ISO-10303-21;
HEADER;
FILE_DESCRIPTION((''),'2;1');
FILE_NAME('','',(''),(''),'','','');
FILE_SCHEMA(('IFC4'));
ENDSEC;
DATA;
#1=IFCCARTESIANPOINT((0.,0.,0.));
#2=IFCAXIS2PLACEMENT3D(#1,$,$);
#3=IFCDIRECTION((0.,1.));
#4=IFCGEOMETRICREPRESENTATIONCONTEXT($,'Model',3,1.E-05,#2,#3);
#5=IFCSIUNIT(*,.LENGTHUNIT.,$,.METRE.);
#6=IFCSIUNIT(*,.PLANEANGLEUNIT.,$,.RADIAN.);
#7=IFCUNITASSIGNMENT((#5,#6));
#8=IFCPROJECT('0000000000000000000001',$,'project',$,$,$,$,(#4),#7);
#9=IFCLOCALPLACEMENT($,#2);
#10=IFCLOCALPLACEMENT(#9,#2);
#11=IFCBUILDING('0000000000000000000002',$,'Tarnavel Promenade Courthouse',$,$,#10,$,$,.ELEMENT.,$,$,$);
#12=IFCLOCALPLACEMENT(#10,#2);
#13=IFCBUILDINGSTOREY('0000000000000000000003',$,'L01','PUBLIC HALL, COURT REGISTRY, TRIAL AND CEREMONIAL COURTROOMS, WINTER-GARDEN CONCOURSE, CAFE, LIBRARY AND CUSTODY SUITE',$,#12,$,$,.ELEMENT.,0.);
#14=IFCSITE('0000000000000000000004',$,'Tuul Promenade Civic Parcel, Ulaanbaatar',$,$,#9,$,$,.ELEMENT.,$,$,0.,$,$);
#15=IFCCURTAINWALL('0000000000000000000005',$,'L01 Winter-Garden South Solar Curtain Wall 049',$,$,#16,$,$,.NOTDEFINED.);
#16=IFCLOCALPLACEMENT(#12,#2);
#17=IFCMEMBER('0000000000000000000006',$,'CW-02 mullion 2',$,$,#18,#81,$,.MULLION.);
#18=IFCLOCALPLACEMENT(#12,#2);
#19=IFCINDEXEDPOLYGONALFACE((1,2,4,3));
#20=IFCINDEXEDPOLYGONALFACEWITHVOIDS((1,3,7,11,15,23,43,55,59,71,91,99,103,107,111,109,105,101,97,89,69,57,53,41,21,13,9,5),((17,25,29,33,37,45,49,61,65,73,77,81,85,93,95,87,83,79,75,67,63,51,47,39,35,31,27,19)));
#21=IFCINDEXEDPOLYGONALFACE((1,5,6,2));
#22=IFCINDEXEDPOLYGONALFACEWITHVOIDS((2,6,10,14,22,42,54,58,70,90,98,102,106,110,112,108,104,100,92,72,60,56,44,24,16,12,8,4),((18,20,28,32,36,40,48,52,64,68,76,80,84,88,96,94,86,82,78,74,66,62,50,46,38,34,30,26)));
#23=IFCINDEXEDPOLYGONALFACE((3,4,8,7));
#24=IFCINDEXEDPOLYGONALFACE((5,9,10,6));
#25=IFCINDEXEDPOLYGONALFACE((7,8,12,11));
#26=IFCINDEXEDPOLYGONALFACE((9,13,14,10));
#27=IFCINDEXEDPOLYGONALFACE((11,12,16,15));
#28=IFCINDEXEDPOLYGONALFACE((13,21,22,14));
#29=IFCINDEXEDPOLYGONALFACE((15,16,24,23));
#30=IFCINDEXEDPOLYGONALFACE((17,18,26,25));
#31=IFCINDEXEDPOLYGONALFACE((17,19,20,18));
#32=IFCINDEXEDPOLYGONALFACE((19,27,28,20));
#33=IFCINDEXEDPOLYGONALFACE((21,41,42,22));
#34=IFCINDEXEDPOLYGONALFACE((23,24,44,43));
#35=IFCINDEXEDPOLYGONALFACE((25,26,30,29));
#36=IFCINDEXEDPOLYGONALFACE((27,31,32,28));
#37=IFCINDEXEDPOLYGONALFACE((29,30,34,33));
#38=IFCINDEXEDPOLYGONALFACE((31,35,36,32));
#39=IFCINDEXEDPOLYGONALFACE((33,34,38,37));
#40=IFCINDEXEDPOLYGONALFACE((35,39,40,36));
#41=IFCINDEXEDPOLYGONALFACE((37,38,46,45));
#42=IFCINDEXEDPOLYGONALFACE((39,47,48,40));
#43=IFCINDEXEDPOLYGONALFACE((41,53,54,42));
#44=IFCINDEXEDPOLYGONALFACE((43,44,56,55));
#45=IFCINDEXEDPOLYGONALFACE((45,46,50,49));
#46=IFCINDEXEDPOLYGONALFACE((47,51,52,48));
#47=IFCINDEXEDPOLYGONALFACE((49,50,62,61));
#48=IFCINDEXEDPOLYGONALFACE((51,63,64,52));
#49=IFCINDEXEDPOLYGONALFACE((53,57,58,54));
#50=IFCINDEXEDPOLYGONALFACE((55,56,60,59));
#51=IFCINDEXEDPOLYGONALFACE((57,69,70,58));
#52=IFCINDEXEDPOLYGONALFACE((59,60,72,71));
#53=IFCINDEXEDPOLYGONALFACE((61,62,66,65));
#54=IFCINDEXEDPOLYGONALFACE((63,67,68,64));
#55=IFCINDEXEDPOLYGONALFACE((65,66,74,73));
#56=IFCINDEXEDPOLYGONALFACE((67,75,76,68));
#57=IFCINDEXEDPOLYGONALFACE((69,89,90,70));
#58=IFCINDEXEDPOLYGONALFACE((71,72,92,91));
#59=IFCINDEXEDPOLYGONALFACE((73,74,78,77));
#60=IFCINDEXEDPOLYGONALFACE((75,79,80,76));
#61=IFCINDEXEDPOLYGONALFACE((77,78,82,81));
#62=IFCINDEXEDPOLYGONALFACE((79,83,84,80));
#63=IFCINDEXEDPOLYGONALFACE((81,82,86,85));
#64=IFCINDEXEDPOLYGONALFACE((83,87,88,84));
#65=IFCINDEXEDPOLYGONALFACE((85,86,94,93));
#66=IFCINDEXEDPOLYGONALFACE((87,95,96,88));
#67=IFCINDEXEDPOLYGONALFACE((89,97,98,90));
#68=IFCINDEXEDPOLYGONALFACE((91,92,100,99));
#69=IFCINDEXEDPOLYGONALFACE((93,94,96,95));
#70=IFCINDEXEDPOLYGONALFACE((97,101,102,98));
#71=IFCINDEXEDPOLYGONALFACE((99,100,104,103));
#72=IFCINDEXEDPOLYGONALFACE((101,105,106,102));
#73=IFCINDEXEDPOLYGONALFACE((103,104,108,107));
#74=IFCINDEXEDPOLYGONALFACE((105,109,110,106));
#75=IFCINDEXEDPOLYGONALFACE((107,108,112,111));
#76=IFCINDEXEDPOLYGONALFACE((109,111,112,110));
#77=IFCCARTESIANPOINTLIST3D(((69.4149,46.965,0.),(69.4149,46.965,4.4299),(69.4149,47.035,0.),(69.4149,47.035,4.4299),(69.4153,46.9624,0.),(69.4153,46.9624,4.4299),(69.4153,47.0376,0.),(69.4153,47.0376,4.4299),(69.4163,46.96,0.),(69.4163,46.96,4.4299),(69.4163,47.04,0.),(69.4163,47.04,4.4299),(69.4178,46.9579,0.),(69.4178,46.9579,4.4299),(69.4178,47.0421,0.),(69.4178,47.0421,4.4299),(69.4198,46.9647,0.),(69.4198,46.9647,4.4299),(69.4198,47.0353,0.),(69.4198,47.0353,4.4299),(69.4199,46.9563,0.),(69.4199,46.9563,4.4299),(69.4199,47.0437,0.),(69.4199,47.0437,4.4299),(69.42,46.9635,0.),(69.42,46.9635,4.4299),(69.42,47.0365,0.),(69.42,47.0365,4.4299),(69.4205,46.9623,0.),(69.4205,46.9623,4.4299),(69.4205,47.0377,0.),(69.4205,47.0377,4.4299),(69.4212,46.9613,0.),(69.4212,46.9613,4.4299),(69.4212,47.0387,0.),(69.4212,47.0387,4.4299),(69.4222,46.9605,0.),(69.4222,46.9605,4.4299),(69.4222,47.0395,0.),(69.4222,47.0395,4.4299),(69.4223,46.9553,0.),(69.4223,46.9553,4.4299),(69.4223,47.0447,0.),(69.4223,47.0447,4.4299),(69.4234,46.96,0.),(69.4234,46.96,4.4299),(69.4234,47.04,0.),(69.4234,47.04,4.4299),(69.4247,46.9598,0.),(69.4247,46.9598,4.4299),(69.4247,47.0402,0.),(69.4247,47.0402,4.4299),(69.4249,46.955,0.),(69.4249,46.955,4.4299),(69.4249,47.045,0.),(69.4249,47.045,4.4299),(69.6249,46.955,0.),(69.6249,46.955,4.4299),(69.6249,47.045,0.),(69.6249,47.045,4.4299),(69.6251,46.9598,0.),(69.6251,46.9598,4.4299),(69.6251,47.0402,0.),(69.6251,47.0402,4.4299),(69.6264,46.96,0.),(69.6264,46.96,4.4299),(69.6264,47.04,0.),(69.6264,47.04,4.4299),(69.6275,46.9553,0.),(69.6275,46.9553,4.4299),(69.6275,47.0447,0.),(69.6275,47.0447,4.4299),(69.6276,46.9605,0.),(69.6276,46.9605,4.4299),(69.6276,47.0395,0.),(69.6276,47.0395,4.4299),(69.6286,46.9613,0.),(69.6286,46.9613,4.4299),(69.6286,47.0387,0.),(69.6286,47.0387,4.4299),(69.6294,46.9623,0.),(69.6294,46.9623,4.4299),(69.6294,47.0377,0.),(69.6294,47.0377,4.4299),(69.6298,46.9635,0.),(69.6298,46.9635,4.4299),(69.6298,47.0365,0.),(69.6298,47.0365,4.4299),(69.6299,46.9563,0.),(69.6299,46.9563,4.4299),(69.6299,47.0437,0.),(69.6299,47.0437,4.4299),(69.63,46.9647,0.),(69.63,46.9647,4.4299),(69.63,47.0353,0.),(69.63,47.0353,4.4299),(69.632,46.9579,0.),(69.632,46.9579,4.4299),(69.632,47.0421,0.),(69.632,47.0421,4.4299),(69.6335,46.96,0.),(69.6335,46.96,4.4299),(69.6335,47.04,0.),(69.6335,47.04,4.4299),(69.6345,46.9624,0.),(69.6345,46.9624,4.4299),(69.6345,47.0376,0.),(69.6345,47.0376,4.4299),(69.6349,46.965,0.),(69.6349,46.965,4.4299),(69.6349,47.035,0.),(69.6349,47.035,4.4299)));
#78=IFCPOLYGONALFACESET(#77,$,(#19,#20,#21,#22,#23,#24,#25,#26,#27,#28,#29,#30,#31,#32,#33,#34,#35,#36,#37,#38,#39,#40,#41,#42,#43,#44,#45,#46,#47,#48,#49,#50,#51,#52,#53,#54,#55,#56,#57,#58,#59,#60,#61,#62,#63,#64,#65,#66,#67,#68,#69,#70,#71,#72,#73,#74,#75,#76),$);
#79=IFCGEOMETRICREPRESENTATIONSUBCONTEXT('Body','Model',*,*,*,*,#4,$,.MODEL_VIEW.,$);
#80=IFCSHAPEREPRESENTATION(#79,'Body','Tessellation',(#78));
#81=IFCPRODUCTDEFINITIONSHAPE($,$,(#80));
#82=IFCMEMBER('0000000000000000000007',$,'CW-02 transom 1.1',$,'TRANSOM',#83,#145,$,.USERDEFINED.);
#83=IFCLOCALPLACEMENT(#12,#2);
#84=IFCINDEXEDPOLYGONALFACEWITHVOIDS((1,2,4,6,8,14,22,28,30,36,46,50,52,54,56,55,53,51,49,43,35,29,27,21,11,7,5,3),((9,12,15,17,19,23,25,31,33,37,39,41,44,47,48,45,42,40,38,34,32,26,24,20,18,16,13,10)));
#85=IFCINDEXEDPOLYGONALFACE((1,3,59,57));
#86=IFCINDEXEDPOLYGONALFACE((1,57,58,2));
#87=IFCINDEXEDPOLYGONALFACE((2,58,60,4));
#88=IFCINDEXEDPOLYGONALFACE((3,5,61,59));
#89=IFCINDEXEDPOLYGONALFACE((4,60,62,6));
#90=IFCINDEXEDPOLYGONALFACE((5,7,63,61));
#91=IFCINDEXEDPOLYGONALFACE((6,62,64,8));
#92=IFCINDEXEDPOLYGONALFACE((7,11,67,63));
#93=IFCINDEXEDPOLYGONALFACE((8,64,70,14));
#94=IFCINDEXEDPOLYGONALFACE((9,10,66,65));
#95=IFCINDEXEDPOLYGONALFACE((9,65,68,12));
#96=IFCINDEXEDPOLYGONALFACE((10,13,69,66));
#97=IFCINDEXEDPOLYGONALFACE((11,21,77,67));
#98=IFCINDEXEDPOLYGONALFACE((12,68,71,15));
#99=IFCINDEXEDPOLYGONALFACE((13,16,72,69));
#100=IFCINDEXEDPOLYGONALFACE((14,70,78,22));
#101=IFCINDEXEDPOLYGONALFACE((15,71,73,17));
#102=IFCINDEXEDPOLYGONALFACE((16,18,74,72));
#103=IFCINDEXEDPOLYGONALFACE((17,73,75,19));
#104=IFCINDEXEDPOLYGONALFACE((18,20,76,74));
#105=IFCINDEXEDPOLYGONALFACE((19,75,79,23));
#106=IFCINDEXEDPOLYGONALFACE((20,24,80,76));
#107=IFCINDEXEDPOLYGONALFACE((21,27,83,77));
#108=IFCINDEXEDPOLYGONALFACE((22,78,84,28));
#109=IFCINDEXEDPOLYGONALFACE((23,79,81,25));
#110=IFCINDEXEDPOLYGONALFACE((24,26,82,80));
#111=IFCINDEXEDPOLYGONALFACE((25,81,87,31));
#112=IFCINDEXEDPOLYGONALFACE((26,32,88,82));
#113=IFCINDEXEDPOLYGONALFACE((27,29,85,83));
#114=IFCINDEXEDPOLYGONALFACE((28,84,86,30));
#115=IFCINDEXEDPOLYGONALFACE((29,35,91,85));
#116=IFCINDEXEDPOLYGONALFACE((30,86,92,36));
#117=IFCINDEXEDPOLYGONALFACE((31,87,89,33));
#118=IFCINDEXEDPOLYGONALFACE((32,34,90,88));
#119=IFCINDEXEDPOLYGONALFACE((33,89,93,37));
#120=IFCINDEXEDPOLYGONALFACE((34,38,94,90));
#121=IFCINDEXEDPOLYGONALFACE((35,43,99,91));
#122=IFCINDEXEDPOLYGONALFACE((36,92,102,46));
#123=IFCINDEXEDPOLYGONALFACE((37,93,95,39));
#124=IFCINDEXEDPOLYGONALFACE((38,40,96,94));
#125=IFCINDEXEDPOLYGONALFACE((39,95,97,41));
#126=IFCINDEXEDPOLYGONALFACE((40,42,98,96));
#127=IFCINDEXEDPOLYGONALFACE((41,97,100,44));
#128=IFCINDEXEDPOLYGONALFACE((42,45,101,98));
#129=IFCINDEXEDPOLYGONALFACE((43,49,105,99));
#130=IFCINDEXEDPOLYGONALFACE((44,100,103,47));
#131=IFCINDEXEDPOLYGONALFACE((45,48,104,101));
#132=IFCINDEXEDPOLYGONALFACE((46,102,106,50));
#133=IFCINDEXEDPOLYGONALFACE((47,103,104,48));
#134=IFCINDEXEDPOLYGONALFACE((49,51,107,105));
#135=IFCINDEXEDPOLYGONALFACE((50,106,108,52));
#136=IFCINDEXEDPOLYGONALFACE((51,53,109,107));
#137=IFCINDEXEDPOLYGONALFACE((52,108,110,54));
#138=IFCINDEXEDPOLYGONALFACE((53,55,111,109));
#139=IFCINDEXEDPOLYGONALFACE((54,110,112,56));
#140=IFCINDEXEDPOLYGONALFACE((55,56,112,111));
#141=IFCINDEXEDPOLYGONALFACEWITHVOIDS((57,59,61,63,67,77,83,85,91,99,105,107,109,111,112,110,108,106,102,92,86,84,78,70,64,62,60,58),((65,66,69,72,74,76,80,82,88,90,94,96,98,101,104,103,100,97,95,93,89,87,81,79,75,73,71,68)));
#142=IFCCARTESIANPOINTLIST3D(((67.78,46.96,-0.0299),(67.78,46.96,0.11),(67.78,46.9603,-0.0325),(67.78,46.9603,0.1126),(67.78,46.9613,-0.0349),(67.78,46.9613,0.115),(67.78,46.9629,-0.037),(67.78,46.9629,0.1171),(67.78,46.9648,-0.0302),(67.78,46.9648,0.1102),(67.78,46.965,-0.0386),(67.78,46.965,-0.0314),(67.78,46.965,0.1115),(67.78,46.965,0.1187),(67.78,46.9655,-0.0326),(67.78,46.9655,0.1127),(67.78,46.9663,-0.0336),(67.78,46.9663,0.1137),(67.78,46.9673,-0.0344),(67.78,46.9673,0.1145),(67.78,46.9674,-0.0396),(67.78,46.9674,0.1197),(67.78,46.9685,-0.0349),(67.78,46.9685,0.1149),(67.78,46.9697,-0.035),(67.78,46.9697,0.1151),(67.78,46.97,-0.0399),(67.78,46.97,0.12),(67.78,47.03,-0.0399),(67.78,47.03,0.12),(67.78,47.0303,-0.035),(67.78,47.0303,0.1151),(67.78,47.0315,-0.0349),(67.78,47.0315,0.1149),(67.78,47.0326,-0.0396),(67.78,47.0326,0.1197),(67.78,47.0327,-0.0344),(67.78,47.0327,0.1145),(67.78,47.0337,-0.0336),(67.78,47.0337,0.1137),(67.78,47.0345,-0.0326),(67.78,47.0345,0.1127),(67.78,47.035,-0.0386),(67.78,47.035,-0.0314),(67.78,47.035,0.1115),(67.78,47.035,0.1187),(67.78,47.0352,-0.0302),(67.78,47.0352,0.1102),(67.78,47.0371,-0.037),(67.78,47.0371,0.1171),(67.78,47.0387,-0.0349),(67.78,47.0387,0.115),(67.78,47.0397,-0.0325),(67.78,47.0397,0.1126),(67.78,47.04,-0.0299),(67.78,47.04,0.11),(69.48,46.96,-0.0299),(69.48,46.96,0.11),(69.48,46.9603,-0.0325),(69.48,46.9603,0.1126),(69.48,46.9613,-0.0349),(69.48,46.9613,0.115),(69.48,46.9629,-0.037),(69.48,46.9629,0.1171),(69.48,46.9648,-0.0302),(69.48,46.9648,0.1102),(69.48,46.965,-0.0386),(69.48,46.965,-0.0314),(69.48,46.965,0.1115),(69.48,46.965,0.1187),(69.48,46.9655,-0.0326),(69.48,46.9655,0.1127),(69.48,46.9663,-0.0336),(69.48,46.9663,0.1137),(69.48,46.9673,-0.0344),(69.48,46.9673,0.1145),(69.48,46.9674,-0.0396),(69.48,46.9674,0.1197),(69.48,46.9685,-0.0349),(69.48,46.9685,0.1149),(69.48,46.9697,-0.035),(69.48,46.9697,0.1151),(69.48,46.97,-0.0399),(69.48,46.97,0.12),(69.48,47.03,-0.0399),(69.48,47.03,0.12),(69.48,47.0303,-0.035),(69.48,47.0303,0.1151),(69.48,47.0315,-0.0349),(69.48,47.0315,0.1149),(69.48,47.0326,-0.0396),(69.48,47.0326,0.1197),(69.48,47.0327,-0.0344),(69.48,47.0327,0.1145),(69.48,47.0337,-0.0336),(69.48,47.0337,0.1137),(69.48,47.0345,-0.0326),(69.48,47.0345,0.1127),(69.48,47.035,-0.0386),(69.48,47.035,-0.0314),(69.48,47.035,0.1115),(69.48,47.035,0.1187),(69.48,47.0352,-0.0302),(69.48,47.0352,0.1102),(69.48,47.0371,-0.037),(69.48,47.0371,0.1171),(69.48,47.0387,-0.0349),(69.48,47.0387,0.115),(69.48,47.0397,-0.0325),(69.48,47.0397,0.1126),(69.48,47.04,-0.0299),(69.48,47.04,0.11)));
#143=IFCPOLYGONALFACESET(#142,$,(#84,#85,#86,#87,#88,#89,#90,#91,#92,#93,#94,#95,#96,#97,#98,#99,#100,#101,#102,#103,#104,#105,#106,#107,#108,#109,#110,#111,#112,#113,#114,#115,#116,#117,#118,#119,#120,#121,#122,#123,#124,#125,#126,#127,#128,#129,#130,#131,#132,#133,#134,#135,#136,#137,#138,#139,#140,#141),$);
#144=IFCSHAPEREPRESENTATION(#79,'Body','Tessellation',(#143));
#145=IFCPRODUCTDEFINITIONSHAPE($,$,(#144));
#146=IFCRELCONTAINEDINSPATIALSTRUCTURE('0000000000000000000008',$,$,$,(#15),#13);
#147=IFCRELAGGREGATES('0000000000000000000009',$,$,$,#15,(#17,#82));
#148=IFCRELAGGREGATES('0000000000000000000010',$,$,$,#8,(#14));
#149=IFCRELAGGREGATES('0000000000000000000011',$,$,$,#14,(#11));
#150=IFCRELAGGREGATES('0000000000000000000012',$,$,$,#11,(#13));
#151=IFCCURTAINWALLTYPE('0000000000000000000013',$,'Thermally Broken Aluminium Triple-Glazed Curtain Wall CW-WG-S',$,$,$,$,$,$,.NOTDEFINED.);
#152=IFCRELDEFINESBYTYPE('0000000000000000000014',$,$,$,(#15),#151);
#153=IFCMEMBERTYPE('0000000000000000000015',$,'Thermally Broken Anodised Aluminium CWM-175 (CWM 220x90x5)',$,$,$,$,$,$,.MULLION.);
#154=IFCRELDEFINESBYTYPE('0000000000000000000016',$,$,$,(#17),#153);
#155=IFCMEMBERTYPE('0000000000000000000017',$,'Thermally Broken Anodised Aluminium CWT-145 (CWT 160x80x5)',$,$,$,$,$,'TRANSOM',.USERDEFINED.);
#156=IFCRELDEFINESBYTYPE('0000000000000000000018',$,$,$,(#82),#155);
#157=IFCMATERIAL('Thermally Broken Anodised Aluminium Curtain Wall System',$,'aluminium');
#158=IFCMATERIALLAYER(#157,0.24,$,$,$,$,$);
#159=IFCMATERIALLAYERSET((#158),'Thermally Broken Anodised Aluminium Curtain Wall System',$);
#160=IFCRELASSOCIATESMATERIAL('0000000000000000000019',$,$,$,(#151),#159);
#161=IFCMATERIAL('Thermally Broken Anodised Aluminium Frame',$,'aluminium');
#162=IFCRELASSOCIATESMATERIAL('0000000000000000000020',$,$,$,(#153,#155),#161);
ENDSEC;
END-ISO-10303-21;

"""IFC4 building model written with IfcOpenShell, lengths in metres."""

from ifc_helpers import new_model, si_unit, direction, frame, origin, origin_2d, place, context, subcontext, project, spatial, hollow_rectangle, extrude, material, layer, layer_set, material_profile, profile_set, type_object, element, aggregate, save


model = new_model("IFC4")

# Units and contexts
model_context = context("Model", 3, precision=1e-05, world=origin(), true_north=direction((0.0, 1.0)))
body_context = subcontext(model_context, "Body", "Model", "MODEL_VIEW")
ifc_project = project(units=[si_unit("LENGTHUNIT", "METRE"), si_unit("PLANEANGLEUNIT", "RADIAN")], contexts=[model_context])

# Site, building, storey
site_placement = place(None, origin())
site = spatial("IfcSite", under=ifc_project, at=site_placement, Name="Tuul Promenade Civic Parcel, Ulaanbaatar", CompositionType="ELEMENT", RefElevation=0.0)
building_placement = place(site_placement, origin())
building = spatial("IfcBuilding", under=site, at=building_placement, Name="Tarnavel Promenade Courthouse", CompositionType="ELEMENT")
storey_placement = place(building_placement, origin())
storey = spatial("IfcBuildingStorey", under=building, at=storey_placement, Name="L01", Description="PUBLIC HALL, COURT REGISTRY, TRIAL AND CEREMONIAL COURTROOMS, WINTER-GARDEN CONCOURSE, CAFE, LIBRARY AND CUSTODY SUITE", CompositionType="ELEMENT", Elevation=0.0)

# Shared definitions
ifc_material_1 = material(Name="Thermally Broken Anodised Aluminium Curtain Wall System", Category="aluminium")
ifc_layer_1 = layer(ifc_material_1, 0.24)
ifc_layer_set_1 = layer_set([ifc_layer_1], Name="Thermally Broken Anodised Aluminium Curtain Wall System")
curtain_wall_type = type_object("IfcCurtainWallType", Name="Thermally Broken Aluminium Triple-Glazed Curtain Wall CW-WG-S", PredefinedType="NOTDEFINED", material=ifc_layer_set_1)
ifc_material_2 = material(Name="Thermally Broken Anodised Aluminium Frame", Category="aluminium")
ifc_material_profile_1 = material_profile(ifc_material_2, hollow_rectangle(XDim=0.0901, YDim=0.22, WallThickness=0.0049, InnerFilletRadius=0.0049, OuterFilletRadius=0.01, at=origin_2d()), Name="CWM 220x90x5")
ifc_profile_set_1 = profile_set([ifc_material_profile_1], Name="Thermally Broken Anodised Aluminium Frame")
member_type_1 = type_object("IfcMemberType", Name="Thermally Broken Anodised Aluminium CWM-175 (CWM 220x90x5)", PredefinedType="MULLION", material=ifc_profile_set_1)

# Curtain wall, members
curtain_wall_1_placement = place(storey_placement, origin())
curtain_wall_1 = element("IfcCurtainWall", 1, at=curtain_wall_1_placement, inside=storey, type_object=curtain_wall_type, Name="L01 Winter-Garden South Solar Curtain Wall 049", PredefinedType="NOTDEFINED")
member_1_placement = place(storey_placement, frame((69.5249, 47.0, 0.0), z_axis=(0.0, 0.0, 1.0), x_axis=(0.0, 1.0, 0.0)))
member_1 = element("IfcMember", 2, at=member_1_placement, type_object=member_type_1, Name="CW-02 mullion 2", PredefinedType="MULLION", context=body_context, shape_type="SweptSolid", body=[
    extrude(hollow_rectangle(XDim=0.0901, YDim=0.22, WallThickness=0.0049, InnerFilletRadius=0.0049, OuterFilletRadius=0.01, at=origin_2d()), origin(), (0.0, 0.0, 1.0), 4.4299),
])
ifc_material_profile_2 = material_profile(ifc_material_2, hollow_rectangle(XDim=0.0801, YDim=0.1599, WallThickness=0.0049, InnerFilletRadius=0.0049, OuterFilletRadius=0.01, at=origin_2d()), Name="CWT 160x80x5")
ifc_profile_set_2 = profile_set([ifc_material_profile_2], Name="Thermally Broken Anodised Aluminium Frame")
member_type_2 = type_object("IfcMemberType", Name="Thermally Broken Anodised Aluminium CWT-145 (CWT 160x80x5)", ElementType="TRANSOM", PredefinedType="USERDEFINED", material=ifc_profile_set_2)
member_2_placement = place(storey_placement, frame((67.78, 47.0, 0.04), z_axis=(1.0, 0.0, 0.0), x_axis=(0.0, 1.0, 0.0)))
member_2 = element("IfcMember", 3, at=member_2_placement, type_object=member_type_2, Name="CW-02 transom 1.1", ObjectType="TRANSOM", PredefinedType="USERDEFINED", context=body_context, shape_type="SweptSolid", body=[
    extrude(hollow_rectangle(XDim=0.0801, YDim=0.1599, WallThickness=0.0049, InnerFilletRadius=0.0049, OuterFilletRadius=0.01, at=origin_2d()), origin(), (0.0, 0.0, 1.0), 1.7),
])

aggregate(curtain_wall_1, [member_1, member_2])

save(model, "model.ifc")
